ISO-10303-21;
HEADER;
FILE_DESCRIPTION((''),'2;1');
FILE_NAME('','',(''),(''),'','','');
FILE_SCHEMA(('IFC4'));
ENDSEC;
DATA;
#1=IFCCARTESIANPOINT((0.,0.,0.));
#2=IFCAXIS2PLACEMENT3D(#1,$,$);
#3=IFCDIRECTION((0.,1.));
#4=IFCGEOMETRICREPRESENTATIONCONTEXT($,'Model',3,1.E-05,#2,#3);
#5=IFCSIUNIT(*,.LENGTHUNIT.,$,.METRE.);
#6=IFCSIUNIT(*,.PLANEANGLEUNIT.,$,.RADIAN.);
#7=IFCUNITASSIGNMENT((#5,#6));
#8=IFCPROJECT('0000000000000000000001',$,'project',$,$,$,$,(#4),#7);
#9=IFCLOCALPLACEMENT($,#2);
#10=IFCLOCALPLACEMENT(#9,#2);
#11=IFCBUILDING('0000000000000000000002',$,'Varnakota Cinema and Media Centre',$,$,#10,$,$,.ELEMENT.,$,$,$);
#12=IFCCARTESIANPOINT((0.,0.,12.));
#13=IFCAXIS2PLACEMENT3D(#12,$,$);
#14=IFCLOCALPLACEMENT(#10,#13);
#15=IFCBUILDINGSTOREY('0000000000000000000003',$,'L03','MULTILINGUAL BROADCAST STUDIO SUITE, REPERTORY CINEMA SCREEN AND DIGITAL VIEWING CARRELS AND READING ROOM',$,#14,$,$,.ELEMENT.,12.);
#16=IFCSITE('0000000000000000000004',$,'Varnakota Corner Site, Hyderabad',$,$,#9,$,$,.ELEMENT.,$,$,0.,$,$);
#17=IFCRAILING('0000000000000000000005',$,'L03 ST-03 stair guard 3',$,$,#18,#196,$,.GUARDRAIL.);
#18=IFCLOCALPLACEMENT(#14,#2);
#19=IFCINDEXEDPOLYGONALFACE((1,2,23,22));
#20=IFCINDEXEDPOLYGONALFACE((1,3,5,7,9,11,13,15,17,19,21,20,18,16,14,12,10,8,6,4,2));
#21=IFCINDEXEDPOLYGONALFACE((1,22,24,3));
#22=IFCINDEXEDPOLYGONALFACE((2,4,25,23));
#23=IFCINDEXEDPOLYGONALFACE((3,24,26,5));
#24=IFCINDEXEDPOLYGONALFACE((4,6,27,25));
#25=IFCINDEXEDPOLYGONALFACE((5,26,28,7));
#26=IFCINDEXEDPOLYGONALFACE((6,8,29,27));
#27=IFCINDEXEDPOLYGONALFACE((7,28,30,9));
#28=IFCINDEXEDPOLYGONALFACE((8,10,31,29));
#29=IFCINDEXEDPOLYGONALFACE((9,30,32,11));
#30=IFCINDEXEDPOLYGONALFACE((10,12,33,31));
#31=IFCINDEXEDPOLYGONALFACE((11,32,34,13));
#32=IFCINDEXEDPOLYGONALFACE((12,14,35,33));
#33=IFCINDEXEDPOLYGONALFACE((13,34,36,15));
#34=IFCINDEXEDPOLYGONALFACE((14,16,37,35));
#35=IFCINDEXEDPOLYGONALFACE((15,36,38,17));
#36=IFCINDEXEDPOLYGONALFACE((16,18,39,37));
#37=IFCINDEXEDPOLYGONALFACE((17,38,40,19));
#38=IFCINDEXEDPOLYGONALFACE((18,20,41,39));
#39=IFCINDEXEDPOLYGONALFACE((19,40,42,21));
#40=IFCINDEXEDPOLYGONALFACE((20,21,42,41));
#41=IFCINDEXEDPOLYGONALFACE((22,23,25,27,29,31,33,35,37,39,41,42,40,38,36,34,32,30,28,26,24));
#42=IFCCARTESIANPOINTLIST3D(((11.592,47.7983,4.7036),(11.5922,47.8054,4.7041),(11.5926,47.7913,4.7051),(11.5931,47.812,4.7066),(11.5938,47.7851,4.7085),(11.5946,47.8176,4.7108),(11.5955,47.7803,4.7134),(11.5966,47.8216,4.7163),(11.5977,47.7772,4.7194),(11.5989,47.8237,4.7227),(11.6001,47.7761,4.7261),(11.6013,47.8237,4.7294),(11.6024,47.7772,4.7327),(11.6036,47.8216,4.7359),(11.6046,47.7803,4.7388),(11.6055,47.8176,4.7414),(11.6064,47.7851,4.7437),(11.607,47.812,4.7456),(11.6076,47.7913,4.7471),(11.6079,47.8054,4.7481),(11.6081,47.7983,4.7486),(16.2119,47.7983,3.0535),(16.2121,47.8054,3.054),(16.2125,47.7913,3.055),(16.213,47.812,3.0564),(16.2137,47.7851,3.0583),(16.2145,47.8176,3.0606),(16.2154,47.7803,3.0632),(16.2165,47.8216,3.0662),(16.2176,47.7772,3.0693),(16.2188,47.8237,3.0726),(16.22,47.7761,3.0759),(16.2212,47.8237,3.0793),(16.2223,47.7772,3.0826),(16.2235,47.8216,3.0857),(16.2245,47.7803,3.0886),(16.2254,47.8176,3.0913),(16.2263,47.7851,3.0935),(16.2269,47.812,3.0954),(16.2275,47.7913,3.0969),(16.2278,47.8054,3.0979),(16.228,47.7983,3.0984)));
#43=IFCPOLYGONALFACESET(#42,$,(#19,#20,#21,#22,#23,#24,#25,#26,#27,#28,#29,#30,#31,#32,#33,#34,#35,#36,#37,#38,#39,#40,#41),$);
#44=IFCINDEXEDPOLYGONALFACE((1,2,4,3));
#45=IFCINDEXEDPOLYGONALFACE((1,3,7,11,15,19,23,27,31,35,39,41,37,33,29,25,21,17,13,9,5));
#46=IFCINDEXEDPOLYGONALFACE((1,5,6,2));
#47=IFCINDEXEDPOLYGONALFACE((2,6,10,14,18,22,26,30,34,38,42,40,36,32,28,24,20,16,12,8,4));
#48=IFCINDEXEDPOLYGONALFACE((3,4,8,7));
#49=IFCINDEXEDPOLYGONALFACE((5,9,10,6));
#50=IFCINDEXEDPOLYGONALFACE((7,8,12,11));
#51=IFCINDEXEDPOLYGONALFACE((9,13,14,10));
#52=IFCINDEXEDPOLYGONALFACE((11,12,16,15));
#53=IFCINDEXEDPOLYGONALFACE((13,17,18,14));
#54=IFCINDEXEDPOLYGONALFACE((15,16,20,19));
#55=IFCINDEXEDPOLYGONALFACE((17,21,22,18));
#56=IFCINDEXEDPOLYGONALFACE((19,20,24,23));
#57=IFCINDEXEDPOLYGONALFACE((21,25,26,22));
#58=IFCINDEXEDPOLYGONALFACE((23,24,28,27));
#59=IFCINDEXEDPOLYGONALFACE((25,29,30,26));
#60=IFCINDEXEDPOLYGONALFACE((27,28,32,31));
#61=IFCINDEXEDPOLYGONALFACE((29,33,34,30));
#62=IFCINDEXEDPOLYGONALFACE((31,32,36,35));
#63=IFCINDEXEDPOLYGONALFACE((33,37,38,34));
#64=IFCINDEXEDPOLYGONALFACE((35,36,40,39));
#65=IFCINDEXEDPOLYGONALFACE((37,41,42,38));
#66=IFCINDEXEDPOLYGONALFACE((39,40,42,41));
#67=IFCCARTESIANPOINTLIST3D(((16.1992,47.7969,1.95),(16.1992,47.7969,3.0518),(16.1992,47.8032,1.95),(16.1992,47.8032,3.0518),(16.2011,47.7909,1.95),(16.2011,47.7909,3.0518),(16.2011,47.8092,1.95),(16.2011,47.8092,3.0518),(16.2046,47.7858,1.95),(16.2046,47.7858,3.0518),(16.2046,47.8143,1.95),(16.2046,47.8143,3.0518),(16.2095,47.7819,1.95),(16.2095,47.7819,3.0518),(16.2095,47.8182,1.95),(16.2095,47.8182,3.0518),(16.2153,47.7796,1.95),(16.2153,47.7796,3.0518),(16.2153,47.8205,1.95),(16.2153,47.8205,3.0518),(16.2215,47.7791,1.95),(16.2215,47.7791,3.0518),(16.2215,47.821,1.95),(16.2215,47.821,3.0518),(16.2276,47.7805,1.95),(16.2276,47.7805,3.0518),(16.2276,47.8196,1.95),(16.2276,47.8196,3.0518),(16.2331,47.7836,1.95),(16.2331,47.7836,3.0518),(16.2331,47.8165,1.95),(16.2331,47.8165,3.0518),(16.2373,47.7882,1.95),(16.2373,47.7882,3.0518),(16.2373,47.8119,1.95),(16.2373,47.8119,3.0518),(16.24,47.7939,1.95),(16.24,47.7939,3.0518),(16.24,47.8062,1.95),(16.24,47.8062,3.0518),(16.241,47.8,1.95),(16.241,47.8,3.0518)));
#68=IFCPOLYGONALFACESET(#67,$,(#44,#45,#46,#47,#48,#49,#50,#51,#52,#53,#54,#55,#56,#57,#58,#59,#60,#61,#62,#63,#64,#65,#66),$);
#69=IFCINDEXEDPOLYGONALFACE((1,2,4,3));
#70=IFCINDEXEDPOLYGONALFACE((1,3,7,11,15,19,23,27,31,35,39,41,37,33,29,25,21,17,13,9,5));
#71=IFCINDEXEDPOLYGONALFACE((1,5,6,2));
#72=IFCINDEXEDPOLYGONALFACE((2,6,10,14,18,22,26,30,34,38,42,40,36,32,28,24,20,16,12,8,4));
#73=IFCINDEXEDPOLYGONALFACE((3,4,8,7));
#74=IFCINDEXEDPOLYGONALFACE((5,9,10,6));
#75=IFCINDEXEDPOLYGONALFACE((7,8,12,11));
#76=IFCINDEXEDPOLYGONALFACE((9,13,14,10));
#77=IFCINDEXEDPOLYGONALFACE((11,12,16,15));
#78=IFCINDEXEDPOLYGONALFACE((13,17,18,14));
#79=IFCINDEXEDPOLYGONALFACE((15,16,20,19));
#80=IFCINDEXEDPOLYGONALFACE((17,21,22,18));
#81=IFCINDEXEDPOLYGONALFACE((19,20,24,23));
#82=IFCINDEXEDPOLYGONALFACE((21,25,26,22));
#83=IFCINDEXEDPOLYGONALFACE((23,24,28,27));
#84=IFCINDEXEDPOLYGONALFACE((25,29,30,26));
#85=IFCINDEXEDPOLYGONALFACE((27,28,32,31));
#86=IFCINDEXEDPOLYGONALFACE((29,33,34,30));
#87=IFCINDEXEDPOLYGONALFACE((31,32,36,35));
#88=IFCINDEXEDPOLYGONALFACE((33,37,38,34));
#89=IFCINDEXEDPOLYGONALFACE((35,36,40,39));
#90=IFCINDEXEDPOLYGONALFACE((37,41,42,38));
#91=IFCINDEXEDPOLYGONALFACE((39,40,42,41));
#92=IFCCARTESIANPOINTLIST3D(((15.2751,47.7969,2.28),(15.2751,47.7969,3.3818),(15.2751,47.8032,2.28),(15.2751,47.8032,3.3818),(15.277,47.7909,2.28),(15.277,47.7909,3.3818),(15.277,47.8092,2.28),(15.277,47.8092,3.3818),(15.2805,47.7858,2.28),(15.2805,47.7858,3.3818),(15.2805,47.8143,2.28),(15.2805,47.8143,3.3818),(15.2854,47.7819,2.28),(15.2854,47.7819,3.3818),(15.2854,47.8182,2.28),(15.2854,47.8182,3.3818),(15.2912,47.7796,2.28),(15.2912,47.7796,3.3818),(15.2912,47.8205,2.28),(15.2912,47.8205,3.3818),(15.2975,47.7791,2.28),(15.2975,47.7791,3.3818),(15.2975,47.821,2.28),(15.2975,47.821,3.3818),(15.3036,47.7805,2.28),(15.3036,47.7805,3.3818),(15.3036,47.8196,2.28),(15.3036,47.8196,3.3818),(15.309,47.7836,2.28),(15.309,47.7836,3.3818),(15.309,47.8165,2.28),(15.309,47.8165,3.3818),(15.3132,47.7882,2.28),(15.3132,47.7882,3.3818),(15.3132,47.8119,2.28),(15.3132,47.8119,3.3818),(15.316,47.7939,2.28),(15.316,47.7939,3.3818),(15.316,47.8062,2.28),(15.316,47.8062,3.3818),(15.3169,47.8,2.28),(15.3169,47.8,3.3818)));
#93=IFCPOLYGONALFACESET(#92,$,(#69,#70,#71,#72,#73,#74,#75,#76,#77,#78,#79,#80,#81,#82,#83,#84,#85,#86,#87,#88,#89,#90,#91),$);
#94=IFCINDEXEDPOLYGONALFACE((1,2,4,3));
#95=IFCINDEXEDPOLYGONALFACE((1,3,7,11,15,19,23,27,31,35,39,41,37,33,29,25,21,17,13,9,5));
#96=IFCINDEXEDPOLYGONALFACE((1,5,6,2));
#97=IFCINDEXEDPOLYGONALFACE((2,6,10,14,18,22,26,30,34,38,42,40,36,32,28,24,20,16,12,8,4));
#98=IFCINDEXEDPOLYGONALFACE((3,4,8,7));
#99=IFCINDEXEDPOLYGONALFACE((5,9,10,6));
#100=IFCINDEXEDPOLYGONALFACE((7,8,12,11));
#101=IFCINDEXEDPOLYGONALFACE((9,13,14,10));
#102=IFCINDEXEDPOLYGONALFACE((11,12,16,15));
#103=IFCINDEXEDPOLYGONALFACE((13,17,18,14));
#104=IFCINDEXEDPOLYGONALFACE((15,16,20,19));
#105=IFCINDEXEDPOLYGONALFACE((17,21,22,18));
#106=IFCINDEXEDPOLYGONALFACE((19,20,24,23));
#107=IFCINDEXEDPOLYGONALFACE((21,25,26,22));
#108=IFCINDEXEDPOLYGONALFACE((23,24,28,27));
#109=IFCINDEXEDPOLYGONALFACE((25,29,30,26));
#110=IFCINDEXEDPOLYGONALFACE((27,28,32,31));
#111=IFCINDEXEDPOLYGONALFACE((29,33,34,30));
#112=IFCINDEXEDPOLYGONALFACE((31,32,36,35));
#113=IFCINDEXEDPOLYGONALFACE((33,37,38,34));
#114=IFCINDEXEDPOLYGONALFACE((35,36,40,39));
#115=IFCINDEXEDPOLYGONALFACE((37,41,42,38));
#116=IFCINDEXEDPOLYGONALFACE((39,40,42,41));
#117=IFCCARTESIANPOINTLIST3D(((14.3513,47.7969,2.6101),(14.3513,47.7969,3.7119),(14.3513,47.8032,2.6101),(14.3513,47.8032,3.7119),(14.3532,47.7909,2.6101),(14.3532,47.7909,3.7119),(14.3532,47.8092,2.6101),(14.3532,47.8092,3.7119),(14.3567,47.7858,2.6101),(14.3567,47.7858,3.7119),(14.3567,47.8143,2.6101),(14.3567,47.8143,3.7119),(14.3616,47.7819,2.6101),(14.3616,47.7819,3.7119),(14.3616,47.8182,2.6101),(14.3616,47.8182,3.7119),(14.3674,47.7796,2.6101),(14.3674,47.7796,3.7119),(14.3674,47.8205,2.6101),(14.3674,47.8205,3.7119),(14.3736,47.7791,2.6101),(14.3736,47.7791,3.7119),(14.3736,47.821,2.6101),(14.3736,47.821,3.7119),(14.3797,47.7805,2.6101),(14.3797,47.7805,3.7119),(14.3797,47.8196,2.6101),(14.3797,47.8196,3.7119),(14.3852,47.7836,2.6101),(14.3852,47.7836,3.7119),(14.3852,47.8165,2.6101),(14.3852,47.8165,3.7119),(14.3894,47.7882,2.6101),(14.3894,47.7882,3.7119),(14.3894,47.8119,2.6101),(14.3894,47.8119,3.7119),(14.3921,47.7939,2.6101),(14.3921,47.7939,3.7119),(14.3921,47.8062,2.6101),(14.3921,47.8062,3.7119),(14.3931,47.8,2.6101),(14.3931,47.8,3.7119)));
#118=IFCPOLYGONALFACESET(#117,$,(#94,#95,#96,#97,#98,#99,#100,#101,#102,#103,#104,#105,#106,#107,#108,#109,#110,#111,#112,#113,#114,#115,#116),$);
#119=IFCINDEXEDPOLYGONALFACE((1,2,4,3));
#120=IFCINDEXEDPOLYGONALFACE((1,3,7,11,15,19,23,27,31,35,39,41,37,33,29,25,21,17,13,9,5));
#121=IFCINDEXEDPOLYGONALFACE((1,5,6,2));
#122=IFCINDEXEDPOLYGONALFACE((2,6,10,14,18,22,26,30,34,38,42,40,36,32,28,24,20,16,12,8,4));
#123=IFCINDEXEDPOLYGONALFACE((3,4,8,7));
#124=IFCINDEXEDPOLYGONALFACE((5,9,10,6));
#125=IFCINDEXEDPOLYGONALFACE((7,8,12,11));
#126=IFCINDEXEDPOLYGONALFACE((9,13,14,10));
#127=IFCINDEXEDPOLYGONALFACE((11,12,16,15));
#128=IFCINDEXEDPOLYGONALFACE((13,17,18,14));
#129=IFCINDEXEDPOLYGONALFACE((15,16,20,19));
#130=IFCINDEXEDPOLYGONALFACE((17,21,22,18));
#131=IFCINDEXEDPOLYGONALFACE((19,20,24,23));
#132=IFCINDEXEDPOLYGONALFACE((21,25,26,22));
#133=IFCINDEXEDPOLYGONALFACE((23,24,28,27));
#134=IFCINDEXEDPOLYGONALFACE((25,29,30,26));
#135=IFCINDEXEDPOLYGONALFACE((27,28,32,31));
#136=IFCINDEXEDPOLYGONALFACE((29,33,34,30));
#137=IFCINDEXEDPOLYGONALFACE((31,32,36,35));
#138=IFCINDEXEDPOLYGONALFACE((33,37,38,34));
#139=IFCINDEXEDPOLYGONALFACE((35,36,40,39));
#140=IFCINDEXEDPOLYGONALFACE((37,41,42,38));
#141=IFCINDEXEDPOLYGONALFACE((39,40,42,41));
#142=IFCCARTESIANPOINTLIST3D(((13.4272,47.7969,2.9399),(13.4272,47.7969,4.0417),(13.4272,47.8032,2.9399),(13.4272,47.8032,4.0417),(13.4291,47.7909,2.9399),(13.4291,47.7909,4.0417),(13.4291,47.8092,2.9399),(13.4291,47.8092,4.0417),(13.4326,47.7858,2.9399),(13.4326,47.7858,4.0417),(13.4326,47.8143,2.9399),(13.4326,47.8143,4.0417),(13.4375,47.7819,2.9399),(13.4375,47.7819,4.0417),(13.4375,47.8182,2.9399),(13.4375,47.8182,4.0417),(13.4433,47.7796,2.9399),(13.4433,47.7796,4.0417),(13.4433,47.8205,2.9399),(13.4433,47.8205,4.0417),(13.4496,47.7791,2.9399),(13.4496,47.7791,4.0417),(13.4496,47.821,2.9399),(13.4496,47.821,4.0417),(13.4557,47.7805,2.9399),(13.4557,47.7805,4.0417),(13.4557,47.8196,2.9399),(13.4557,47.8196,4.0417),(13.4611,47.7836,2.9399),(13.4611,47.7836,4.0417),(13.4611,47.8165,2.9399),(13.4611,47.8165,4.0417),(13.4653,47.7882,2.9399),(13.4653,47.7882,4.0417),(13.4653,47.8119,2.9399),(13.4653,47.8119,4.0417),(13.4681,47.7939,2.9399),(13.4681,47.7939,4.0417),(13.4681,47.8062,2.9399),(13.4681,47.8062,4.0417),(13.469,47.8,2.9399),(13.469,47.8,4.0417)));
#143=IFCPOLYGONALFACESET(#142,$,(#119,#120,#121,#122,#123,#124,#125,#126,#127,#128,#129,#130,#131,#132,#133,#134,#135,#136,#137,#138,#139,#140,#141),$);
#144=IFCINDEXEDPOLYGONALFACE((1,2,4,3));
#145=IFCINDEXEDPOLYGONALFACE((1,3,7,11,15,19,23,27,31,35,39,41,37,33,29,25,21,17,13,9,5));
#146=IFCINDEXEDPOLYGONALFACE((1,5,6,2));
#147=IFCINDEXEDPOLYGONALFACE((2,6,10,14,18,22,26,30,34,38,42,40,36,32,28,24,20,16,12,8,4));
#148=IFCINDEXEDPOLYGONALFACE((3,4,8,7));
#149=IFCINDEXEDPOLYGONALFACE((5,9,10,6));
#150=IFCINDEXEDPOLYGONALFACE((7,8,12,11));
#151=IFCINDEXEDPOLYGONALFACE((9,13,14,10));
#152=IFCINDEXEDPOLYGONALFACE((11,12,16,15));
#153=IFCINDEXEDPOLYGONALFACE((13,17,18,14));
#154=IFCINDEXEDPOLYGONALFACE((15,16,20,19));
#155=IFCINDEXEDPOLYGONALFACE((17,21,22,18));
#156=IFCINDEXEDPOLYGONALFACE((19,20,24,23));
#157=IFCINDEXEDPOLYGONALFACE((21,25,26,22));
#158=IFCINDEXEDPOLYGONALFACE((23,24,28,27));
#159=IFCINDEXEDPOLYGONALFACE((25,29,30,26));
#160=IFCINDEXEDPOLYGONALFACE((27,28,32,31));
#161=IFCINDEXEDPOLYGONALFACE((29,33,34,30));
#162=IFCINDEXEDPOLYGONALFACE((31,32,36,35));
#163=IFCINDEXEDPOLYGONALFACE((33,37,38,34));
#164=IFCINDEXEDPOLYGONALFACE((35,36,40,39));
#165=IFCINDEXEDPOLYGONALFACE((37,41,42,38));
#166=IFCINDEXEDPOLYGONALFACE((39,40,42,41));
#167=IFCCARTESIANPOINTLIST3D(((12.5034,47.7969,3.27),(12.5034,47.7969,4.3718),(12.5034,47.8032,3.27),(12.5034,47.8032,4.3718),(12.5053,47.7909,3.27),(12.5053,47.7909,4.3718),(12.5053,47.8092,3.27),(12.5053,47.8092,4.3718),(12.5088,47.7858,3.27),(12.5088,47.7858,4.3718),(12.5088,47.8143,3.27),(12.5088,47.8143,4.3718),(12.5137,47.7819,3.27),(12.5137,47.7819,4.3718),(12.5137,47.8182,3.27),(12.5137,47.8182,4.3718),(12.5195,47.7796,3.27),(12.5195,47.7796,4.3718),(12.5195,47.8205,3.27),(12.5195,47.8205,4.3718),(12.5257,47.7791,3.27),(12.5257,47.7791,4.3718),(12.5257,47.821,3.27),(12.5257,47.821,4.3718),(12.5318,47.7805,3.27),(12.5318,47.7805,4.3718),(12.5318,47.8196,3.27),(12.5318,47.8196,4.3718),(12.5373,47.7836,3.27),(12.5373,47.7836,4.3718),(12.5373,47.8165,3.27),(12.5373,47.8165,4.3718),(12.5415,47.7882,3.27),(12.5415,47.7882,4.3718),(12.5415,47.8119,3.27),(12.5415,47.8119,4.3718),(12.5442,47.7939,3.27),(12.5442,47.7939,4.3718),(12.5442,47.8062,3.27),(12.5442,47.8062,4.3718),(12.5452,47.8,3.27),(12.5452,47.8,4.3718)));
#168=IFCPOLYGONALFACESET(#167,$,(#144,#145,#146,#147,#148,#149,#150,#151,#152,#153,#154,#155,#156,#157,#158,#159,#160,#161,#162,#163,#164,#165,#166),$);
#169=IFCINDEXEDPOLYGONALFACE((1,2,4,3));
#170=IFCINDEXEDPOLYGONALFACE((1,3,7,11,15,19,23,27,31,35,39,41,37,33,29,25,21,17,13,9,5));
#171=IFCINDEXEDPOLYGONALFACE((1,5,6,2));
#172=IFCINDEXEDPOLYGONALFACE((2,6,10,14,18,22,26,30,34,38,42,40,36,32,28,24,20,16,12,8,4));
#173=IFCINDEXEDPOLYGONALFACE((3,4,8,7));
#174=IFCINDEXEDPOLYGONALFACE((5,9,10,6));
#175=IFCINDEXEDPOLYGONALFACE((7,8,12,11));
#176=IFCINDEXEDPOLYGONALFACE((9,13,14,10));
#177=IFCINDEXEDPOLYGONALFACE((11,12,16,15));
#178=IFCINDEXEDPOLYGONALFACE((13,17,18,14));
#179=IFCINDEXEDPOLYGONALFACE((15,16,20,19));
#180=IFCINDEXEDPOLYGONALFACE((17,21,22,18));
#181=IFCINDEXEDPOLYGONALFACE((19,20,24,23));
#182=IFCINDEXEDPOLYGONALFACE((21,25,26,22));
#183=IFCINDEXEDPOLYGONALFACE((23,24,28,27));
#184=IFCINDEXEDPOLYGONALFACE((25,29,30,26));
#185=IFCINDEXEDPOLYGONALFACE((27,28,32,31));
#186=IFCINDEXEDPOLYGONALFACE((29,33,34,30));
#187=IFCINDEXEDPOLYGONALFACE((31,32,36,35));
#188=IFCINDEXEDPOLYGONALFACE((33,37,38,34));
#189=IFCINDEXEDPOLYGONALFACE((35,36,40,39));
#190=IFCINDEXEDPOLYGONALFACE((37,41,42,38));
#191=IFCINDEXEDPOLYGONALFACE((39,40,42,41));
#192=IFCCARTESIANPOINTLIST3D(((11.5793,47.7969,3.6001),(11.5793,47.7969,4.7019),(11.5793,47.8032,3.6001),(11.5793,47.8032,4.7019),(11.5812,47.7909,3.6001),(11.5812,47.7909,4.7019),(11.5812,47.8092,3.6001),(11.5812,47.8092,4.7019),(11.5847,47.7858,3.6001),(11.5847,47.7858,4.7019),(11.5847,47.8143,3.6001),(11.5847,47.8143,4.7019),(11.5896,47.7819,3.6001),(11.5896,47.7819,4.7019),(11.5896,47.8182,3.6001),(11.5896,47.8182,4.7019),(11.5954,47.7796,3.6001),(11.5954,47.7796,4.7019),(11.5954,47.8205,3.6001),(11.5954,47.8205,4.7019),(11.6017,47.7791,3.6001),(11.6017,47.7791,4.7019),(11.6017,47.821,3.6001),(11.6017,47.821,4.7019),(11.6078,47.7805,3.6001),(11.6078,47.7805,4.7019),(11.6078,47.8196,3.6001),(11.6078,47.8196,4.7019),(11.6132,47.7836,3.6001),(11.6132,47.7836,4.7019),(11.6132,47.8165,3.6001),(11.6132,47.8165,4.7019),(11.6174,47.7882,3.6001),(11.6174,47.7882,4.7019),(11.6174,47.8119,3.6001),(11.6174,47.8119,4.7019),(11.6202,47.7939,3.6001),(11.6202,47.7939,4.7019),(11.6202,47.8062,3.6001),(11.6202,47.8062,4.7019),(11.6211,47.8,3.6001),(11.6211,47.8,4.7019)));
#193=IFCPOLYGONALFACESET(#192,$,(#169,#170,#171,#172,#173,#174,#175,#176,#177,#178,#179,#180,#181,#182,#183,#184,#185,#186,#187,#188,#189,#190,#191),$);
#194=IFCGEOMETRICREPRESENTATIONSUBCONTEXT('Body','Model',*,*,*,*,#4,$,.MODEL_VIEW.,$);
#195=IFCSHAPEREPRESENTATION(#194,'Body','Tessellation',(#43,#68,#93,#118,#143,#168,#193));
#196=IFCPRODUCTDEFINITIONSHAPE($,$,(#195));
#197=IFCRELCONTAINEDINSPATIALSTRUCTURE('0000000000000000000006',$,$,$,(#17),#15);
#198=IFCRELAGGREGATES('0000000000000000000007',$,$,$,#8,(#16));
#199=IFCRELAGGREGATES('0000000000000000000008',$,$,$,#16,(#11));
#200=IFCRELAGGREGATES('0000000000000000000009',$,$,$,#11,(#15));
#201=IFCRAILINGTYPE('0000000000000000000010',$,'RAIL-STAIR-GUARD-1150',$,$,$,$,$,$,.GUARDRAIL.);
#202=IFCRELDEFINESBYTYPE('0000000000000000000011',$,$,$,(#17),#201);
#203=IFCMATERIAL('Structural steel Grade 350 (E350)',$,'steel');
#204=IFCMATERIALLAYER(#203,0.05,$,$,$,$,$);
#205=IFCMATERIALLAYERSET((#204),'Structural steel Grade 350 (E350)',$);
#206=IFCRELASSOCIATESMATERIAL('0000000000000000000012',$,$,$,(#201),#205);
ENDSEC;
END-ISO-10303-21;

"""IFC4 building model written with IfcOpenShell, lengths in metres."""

from ifc_helpers import new_model, si_unit, direction, frame, origin, origin_2d, place, context, subcontext, project, spatial, circle, extrude, material, layer, layer_set, type_object, element, save


model = new_model("IFC4")

# Units and contexts
model_context = context("Model", 3, precision=1e-05, world=origin(), true_north=direction((0.0, 1.0)))
body_context = subcontext(model_context, "Body", "Model", "MODEL_VIEW")
ifc_project = project(units=[si_unit("LENGTHUNIT", "METRE"), si_unit("PLANEANGLEUNIT", "RADIAN")], contexts=[model_context])

# Site, building, storey
site_placement = place(None, origin())
site = spatial("IfcSite", under=ifc_project, at=site_placement, Name="Varnakota Corner Site, Hyderabad", CompositionType="ELEMENT", RefElevation=0.0)
building_placement = place(site_placement, origin())
building = spatial("IfcBuilding", under=site, at=building_placement, Name="Varnakota Cinema and Media Centre", CompositionType="ELEMENT")
storey_placement = place(building_placement, frame((0.0, 0.0, 12.0)))
storey = spatial("IfcBuildingStorey", under=building, at=storey_placement, Name="L03", Description="MULTILINGUAL BROADCAST STUDIO SUITE, REPERTORY CINEMA SCREEN AND DIGITAL VIEWING CARRELS AND READING ROOM", CompositionType="ELEMENT", Elevation=12.0)

# Railing
ifc_material_1 = material(Name="Structural steel Grade 350 (E350)", Category="steel")
ifc_layer_1 = layer(ifc_material_1, 0.05)
ifc_layer_set_1 = layer_set([ifc_layer_1], Name="Structural steel Grade 350 (E350)")
railing_type_1 = type_object("IfcRailingType", Name="RAIL-STAIR-GUARD-1150", PredefinedType="GUARDRAIL", material=ifc_layer_set_1)
railing_1_placement = place(storey_placement, frame((16.22, 47.8, 1.95)))
element("IfcRailing", 1, at=railing_1_placement, inside=storey, type_object=railing_type_1, Name="L03 ST-03 stair guard 3", PredefinedType="GUARDRAIL", context=body_context, shape_type="SweptSolid", body=[
    extrude(circle(Radius=0.0239, at=origin_2d()), frame((0.0, 0.0, 1.126), z_axis=(-0.94173, 0.0, 0.336371), x_axis=(0.0, -1.0, 0.0)), (0.0, 0.0, 1.0), 4.9058),
    extrude(circle(Radius=0.021, at=origin_2d()), origin(), (0.0, 0.0, 1.0), 1.1018),
    extrude(circle(Radius=0.021, at=origin_2d()), frame((-0.9241, 0.0, 0.3301)), (0.0, 0.0, 1.0), 1.1018),
    extrude(circle(Radius=0.021, at=origin_2d()), frame((-1.8479, 0.0, 0.6602)), (0.0, 0.0, 1.0), 1.1018),
    extrude(circle(Radius=0.021, at=origin_2d()), frame((-2.772, 0.0, 0.99)), (0.0, 0.0, 1.0), 1.1018),
    extrude(circle(Radius=0.021, at=origin_2d()), frame((-3.6958, 0.0, 1.3201)), (0.0, 0.0, 1.0), 1.1018),
    extrude(circle(Radius=0.021, at=origin_2d()), frame((-4.6199, 0.0, 1.6501)), (0.0, 0.0, 1.0), 1.1018),
])

save(model, "model.ifc")
